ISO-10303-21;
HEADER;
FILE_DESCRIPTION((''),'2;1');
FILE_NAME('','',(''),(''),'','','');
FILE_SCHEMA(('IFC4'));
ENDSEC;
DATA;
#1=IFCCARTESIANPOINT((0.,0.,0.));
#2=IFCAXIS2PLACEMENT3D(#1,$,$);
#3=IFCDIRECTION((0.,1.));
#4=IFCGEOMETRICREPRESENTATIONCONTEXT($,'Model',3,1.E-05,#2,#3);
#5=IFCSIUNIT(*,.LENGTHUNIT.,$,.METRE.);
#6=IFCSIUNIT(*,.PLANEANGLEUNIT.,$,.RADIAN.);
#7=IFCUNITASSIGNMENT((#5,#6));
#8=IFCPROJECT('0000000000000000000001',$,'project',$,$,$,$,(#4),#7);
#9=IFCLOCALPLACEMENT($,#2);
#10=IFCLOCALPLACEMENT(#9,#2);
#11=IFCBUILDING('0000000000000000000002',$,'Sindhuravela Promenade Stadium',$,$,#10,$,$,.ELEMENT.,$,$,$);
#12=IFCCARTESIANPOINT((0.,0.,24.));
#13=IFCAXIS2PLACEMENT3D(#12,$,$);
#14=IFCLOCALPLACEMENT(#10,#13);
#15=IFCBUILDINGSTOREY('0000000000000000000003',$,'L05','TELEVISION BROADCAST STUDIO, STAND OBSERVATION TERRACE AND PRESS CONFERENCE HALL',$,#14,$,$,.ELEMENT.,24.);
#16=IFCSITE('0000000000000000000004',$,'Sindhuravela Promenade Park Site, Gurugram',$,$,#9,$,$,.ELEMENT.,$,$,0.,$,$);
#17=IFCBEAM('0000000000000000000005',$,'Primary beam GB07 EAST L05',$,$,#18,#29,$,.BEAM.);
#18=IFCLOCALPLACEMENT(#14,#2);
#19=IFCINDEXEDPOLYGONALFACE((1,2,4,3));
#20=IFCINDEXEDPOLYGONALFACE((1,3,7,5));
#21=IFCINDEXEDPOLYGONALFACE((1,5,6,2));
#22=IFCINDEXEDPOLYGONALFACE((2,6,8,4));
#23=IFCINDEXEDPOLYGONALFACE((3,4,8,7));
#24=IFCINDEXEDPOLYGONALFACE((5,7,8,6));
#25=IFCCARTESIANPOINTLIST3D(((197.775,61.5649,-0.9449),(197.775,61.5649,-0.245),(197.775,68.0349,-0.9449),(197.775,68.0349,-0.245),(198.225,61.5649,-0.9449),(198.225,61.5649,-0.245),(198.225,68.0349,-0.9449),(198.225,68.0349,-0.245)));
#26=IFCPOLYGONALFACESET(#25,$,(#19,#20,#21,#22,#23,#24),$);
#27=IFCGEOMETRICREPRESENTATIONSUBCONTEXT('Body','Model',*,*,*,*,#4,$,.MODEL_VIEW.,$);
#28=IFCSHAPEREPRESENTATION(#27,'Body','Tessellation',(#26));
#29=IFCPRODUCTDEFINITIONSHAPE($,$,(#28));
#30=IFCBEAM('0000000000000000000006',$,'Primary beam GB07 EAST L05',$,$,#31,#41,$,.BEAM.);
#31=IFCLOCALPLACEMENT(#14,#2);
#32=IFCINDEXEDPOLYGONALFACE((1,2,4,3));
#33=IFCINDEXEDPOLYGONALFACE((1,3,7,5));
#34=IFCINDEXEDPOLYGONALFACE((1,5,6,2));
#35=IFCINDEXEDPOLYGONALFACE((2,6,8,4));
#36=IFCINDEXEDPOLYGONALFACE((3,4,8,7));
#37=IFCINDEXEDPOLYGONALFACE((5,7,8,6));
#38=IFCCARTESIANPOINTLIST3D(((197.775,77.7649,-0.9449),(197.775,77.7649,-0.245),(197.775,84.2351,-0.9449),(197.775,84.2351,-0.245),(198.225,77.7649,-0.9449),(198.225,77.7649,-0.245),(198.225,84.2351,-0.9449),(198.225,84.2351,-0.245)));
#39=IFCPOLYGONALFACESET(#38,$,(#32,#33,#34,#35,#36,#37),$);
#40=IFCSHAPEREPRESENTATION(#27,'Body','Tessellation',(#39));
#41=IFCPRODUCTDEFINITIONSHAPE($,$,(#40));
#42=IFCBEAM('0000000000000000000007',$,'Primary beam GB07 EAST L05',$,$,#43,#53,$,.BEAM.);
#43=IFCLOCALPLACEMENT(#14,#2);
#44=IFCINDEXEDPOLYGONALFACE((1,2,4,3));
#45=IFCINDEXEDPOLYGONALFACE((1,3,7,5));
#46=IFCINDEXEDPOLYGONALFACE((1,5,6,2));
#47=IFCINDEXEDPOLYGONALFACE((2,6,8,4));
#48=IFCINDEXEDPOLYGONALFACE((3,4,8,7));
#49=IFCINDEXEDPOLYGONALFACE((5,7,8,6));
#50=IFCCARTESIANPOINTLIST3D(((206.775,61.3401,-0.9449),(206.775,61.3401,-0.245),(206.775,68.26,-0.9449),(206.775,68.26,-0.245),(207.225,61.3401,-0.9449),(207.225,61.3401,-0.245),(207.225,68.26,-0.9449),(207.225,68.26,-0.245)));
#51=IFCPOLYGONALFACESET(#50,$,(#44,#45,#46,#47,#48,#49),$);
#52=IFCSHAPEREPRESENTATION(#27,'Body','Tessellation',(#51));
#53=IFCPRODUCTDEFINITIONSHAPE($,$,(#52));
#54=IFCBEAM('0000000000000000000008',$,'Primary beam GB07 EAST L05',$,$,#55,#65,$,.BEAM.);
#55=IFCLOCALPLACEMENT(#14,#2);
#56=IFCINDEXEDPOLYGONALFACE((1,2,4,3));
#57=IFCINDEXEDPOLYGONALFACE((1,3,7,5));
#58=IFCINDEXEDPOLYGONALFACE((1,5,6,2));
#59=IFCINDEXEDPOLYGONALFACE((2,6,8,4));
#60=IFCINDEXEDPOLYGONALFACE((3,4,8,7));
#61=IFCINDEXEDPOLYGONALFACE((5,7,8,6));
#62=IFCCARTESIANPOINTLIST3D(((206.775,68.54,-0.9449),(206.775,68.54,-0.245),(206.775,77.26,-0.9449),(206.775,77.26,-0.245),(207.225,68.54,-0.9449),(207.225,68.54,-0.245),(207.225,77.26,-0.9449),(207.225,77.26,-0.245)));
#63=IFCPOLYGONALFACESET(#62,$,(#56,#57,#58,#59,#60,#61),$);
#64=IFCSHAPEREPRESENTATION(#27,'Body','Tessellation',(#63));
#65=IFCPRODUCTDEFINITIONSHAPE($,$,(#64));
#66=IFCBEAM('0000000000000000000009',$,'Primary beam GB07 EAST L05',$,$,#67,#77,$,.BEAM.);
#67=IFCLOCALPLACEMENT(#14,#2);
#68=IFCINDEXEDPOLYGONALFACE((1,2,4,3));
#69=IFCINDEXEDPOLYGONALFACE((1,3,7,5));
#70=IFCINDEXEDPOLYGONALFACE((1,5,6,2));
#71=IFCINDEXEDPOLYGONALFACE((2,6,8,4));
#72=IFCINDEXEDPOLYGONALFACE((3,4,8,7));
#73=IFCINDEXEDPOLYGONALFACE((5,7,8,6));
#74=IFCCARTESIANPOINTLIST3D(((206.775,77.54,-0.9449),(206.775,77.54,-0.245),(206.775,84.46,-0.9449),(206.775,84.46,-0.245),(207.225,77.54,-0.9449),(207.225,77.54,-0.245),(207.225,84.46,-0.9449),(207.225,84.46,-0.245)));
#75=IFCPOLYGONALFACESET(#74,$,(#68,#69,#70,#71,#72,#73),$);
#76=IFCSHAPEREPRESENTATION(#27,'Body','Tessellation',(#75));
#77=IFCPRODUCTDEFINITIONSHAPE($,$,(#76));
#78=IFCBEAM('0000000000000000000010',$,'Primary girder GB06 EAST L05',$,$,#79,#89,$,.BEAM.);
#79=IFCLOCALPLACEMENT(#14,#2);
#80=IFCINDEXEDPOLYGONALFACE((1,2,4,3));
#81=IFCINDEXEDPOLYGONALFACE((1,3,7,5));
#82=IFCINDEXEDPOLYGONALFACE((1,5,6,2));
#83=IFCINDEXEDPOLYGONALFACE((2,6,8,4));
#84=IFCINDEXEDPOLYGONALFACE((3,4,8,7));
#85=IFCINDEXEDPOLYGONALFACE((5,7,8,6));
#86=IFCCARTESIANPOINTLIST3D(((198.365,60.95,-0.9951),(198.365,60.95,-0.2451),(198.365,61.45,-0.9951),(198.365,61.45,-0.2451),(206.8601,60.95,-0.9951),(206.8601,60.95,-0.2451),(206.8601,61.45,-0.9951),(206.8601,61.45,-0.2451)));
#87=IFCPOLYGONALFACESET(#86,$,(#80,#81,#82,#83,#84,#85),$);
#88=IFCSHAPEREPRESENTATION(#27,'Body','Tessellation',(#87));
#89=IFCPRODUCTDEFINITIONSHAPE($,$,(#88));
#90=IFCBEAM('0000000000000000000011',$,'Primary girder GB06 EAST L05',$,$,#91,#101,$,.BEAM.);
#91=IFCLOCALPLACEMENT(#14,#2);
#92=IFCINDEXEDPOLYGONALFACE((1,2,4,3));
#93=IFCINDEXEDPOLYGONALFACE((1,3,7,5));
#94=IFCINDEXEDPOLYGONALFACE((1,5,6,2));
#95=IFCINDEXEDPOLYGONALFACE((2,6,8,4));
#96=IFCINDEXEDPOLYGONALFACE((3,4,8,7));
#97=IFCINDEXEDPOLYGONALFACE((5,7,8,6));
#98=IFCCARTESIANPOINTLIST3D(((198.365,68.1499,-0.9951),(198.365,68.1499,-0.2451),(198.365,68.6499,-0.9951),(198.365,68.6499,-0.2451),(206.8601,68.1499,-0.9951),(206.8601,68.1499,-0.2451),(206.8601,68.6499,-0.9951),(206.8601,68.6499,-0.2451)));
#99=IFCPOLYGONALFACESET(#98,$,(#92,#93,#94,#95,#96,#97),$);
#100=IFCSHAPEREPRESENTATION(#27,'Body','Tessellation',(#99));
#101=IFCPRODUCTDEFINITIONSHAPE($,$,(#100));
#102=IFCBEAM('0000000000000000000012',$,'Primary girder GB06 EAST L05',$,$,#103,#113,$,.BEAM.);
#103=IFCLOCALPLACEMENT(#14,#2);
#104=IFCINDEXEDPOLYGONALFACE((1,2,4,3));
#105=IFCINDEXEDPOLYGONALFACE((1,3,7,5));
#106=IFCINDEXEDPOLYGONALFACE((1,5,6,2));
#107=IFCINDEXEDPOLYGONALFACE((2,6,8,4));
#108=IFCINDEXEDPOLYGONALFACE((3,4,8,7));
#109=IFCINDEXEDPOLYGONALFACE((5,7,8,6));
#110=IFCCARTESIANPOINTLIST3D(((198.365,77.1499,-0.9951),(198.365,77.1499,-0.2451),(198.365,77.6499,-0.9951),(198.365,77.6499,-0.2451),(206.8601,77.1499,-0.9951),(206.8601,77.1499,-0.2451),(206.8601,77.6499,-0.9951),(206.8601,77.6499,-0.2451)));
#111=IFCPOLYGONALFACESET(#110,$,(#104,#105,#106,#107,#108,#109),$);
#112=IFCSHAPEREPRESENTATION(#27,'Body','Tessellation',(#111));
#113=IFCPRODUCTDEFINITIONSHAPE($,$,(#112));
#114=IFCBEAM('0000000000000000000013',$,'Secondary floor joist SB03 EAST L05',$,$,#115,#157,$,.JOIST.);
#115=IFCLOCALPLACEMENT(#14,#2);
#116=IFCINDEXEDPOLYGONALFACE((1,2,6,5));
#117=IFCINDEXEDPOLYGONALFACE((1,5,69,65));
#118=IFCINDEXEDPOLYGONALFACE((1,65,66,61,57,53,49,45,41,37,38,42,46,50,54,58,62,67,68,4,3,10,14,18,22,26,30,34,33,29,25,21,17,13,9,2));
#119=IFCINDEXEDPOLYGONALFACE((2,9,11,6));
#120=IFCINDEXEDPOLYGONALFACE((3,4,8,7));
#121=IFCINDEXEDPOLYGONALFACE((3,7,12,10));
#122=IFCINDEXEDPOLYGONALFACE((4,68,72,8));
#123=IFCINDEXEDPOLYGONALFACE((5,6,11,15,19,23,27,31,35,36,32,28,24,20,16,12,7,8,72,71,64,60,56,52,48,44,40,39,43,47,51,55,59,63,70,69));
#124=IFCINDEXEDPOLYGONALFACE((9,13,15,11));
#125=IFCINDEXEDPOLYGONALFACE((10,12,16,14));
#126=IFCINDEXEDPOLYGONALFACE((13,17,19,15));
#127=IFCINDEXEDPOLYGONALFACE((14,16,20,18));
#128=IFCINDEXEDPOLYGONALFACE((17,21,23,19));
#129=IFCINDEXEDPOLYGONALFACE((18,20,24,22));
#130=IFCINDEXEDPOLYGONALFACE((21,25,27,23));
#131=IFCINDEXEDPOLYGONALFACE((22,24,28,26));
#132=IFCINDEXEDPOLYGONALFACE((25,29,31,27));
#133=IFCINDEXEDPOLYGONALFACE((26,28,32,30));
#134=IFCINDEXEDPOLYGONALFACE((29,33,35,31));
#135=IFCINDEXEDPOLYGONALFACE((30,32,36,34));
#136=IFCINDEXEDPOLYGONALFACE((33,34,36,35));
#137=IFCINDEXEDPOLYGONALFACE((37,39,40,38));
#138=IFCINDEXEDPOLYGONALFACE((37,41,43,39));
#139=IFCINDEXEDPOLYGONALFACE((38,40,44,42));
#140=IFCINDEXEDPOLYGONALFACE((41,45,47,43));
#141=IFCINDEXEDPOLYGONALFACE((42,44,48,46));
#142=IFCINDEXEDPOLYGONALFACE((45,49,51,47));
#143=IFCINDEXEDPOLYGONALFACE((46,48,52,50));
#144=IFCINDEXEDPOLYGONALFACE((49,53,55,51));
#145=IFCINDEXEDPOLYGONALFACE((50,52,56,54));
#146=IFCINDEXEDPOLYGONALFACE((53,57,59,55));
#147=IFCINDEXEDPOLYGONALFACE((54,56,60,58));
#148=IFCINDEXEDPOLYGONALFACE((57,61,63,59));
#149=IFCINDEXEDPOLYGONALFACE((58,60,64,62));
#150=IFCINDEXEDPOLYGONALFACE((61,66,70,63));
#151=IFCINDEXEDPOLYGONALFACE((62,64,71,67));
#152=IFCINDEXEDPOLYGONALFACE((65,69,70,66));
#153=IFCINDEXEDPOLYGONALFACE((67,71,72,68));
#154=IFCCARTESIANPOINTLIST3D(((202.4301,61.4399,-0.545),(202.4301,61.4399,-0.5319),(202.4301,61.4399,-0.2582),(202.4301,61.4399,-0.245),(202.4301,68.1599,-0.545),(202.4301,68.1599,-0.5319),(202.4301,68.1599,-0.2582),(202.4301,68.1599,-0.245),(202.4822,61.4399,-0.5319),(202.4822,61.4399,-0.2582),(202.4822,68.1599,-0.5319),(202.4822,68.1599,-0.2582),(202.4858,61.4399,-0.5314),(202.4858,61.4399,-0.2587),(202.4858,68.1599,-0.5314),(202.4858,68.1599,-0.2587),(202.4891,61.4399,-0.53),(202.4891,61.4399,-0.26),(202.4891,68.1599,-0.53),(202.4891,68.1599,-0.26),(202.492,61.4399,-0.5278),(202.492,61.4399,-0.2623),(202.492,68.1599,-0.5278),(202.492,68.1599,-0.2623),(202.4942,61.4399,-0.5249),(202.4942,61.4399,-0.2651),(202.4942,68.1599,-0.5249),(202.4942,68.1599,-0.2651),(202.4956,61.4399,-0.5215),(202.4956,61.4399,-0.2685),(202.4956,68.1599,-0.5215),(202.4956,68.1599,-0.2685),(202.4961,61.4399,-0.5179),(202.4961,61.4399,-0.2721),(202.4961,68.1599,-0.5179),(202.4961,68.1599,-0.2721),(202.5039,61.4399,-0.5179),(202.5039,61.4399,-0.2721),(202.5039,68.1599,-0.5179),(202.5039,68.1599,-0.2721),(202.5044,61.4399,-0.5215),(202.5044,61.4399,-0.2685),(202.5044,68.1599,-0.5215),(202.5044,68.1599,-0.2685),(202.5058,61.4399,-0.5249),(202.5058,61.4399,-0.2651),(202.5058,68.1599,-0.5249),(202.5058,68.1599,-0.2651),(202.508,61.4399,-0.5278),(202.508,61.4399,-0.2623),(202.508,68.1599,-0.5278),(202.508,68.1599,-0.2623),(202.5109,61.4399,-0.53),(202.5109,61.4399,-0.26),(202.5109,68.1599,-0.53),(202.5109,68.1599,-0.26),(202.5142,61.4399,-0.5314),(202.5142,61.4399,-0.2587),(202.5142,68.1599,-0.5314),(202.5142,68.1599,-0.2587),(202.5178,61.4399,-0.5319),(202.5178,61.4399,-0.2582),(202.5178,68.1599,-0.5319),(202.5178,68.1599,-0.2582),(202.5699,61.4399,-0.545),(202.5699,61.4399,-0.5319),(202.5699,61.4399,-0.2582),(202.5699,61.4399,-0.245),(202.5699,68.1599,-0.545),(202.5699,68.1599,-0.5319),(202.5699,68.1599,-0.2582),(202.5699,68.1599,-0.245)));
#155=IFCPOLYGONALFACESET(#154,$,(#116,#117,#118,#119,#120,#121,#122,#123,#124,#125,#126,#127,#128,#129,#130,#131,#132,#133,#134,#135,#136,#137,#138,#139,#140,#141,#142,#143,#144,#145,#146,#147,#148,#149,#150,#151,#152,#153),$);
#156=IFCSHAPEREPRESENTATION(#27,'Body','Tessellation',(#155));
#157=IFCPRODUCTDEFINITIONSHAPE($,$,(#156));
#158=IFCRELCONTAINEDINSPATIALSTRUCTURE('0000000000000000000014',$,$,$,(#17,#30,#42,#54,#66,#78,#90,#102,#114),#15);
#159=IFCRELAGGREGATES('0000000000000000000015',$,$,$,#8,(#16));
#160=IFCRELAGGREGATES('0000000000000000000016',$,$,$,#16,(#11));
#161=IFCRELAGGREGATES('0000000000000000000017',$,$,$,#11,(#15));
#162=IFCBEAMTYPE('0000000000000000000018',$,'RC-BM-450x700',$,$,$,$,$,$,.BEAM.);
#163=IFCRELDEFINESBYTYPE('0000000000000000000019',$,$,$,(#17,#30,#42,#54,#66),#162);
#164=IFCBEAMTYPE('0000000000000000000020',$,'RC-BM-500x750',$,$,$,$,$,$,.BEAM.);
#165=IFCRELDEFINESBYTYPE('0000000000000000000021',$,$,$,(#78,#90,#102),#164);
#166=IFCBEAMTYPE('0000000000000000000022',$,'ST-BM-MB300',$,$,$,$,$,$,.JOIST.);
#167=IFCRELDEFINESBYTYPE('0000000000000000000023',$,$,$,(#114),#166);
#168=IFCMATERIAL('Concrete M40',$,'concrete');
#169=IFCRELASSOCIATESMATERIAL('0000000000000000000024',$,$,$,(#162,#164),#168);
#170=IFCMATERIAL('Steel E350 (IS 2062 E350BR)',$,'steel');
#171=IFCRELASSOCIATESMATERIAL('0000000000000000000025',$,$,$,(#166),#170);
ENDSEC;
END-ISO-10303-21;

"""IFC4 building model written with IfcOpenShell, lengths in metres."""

from ifc_helpers import new_model, si_unit, direction, frame, origin, origin_2d, place, context, subcontext, project, spatial, rectangle, i_section, extrude, material, material_profile, profile_set, type_object, element, save


model = new_model("IFC4")

# Units and contexts
model_context = context("Model", 3, precision=1e-05, world=origin(), true_north=direction((0.0, 1.0)))
body_context = subcontext(model_context, "Body", "Model", "MODEL_VIEW")
ifc_project = project(units=[si_unit("LENGTHUNIT", "METRE"), si_unit("PLANEANGLEUNIT", "RADIAN")], contexts=[model_context])

# Site, building, storey
site_placement = place(None, origin())
site = spatial("IfcSite", under=ifc_project, at=site_placement, Name="Sindhuravela Promenade Park Site, Gurugram", CompositionType="ELEMENT", RefElevation=0.0)
building_placement = place(site_placement, origin())
building = spatial("IfcBuilding", under=site, at=building_placement, Name="Sindhuravela Promenade Stadium", CompositionType="ELEMENT")
storey_placement = place(building_placement, frame((0.0, 0.0, 24.0)))
storey = spatial("IfcBuildingStorey", under=building, at=storey_placement, Name="L05", Description="TELEVISION BROADCAST STUDIO, STAND OBSERVATION TERRACE AND PRESS CONFERENCE HALL", CompositionType="ELEMENT", Elevation=24.0)

# Beams
ifc_material_1 = material(Name="Concrete M40", Category="concrete")
ifc_material_profile_1 = material_profile(ifc_material_1, rectangle(XDim=0.45, YDim=0.7, at=origin_2d()), Name="RC 450x700")
ifc_profile_set_1 = profile_set([ifc_material_profile_1], Name="Concrete M40")
beam_type_1 = type_object("IfcBeamType", Name="RC-BM-450x700", PredefinedType="BEAM", material=ifc_profile_set_1)
beam_1_placement = place(storey_placement, frame((198.0, 61.5649, -0.595), z_axis=(0.0, 1.0, 0.0), x_axis=(-1.0, 0.0, 0.0)))
element("IfcBeam", 1, at=beam_1_placement, inside=storey, type_object=beam_type_1, Name="Primary beam GB07 EAST L05", PredefinedType="BEAM", context=body_context, shape_type="SweptSolid", body=[
    extrude(rectangle(XDim=0.45, YDim=0.7, at=origin_2d()), origin(), (0.0, 0.0, 1.0), 6.47),
])
beam_2_placement = place(storey_placement, frame((198.0, 77.7649, -0.595), z_axis=(0.0, 1.0, 0.0), x_axis=(-1.0, 0.0, 0.0)))
element("IfcBeam", 2, at=beam_2_placement, inside=storey, type_object=beam_type_1, Name="Primary beam GB07 EAST L05", PredefinedType="BEAM", context=body_context, shape_type="SweptSolid", body=[
    extrude(rectangle(XDim=0.45, YDim=0.7, at=origin_2d()), origin(), (0.0, 0.0, 1.0), 6.4702),
])
beam_3_placement = place(storey_placement, frame((207.0, 61.3401, -0.595), z_axis=(0.0, 1.0, 0.0), x_axis=(-1.0, 0.0, 0.0)))
element("IfcBeam", 3, at=beam_3_placement, inside=storey, type_object=beam_type_1, Name="Primary beam GB07 EAST L05", PredefinedType="BEAM", context=body_context, shape_type="SweptSolid", body=[
    extrude(rectangle(XDim=0.45, YDim=0.7, at=origin_2d()), origin(), (0.0, 0.0, 1.0), 6.9199),
])
beam_4_placement = place(storey_placement, frame((207.0, 68.54, -0.595), z_axis=(0.0, 1.0, 0.0), x_axis=(-1.0, 0.0, 0.0)))
element("IfcBeam", 4, at=beam_4_placement, inside=storey, type_object=beam_type_1, Name="Primary beam GB07 EAST L05", PredefinedType="BEAM", context=body_context, shape_type="SweptSolid", body=[
    extrude(rectangle(XDim=0.45, YDim=0.7, at=origin_2d()), origin(), (0.0, 0.0, 1.0), 8.72),
])
beam_5_placement = place(storey_placement, frame((207.0, 77.54, -0.595), z_axis=(0.0, 1.0, 0.0), x_axis=(-1.0, 0.0, 0.0)))
element("IfcBeam", 5, at=beam_5_placement, inside=storey, type_object=beam_type_1, Name="Primary beam GB07 EAST L05", PredefinedType="BEAM", context=body_context, shape_type="SweptSolid", body=[
    extrude(rectangle(XDim=0.45, YDim=0.7, at=origin_2d()), origin(), (0.0, 0.0, 1.0), 6.9199),
])
ifc_material_profile_2 = material_profile(ifc_material_1, rectangle(XDim=0.5, YDim=0.75, at=origin_2d()), Name="RC 500x750")
ifc_profile_set_2 = profile_set([ifc_material_profile_2], Name="Concrete M40")
beam_type_2 = type_object("IfcBeamType", Name="RC-BM-500x750", PredefinedType="BEAM", material=ifc_profile_set_2)
for number, where, z_axis, x_axis, name in (
    (6, (198.365, 61.2, -0.6201), (1.0, 0.0, 0.0), (0.0, 1.0, 0.0), "Primary girder GB06 EAST L05"),
    (7, (198.365, 68.3999, -0.6201), (1.0, 0.0, 0.0), (0.0, 1.0, 0.0), "Primary girder GB06 EAST L05"),
    (8, (198.365, 77.3999, -0.6201), (1.0, 0.0, 0.0), (0.0, 1.0, 0.0), "Primary girder GB06 EAST L05"),
):
    element("IfcBeam", number, at=place(storey_placement, frame(where, z_axis=z_axis, x_axis=x_axis)), inside=storey, type_object=beam_type_2, Name=name, PredefinedType="BEAM", context=body_context, shape_type="SweptSolid", body=[
        extrude(rectangle(XDim=0.5, YDim=0.75, at=origin_2d()), origin(), (0.0, 0.0, 1.0), 8.4951),
    ])
ifc_material_2 = material(Name="Steel E350 (IS 2062 E350BR)", Category="steel")
ifc_material_profile_3 = material_profile(ifc_material_2, i_section(OverallWidth=0.1399, OverallDepth=0.3, WebThickness=0.0078, FlangeThickness=0.0132, FilletRadius=0.0139, at=origin_2d()), Name="ISMB 300")
ifc_profile_set_3 = profile_set([ifc_material_profile_3], Name="Steel E350 (IS 2062 E350BR)")
beam_type_3 = type_object("IfcBeamType", Name="ST-BM-MB300", PredefinedType="JOIST", material=ifc_profile_set_3)
beam_6_placement = place(storey_placement, frame((202.5, 61.4399, -0.395), z_axis=(0.0, 1.0, 0.0), x_axis=(-1.0, 0.0, 0.0)))
element("IfcBeam", 9, at=beam_6_placement, inside=storey, type_object=beam_type_3, Name="Secondary floor joist SB03 EAST L05", PredefinedType="JOIST", context=body_context, shape_type="SweptSolid", body=[
    extrude(i_section(OverallWidth=0.1399, OverallDepth=0.3, WebThickness=0.0078, FlangeThickness=0.0132, FilletRadius=0.0139, at=origin_2d()), origin(), (0.0, 0.0, 1.0), 6.72),
])

save(model, "model.ifc")
